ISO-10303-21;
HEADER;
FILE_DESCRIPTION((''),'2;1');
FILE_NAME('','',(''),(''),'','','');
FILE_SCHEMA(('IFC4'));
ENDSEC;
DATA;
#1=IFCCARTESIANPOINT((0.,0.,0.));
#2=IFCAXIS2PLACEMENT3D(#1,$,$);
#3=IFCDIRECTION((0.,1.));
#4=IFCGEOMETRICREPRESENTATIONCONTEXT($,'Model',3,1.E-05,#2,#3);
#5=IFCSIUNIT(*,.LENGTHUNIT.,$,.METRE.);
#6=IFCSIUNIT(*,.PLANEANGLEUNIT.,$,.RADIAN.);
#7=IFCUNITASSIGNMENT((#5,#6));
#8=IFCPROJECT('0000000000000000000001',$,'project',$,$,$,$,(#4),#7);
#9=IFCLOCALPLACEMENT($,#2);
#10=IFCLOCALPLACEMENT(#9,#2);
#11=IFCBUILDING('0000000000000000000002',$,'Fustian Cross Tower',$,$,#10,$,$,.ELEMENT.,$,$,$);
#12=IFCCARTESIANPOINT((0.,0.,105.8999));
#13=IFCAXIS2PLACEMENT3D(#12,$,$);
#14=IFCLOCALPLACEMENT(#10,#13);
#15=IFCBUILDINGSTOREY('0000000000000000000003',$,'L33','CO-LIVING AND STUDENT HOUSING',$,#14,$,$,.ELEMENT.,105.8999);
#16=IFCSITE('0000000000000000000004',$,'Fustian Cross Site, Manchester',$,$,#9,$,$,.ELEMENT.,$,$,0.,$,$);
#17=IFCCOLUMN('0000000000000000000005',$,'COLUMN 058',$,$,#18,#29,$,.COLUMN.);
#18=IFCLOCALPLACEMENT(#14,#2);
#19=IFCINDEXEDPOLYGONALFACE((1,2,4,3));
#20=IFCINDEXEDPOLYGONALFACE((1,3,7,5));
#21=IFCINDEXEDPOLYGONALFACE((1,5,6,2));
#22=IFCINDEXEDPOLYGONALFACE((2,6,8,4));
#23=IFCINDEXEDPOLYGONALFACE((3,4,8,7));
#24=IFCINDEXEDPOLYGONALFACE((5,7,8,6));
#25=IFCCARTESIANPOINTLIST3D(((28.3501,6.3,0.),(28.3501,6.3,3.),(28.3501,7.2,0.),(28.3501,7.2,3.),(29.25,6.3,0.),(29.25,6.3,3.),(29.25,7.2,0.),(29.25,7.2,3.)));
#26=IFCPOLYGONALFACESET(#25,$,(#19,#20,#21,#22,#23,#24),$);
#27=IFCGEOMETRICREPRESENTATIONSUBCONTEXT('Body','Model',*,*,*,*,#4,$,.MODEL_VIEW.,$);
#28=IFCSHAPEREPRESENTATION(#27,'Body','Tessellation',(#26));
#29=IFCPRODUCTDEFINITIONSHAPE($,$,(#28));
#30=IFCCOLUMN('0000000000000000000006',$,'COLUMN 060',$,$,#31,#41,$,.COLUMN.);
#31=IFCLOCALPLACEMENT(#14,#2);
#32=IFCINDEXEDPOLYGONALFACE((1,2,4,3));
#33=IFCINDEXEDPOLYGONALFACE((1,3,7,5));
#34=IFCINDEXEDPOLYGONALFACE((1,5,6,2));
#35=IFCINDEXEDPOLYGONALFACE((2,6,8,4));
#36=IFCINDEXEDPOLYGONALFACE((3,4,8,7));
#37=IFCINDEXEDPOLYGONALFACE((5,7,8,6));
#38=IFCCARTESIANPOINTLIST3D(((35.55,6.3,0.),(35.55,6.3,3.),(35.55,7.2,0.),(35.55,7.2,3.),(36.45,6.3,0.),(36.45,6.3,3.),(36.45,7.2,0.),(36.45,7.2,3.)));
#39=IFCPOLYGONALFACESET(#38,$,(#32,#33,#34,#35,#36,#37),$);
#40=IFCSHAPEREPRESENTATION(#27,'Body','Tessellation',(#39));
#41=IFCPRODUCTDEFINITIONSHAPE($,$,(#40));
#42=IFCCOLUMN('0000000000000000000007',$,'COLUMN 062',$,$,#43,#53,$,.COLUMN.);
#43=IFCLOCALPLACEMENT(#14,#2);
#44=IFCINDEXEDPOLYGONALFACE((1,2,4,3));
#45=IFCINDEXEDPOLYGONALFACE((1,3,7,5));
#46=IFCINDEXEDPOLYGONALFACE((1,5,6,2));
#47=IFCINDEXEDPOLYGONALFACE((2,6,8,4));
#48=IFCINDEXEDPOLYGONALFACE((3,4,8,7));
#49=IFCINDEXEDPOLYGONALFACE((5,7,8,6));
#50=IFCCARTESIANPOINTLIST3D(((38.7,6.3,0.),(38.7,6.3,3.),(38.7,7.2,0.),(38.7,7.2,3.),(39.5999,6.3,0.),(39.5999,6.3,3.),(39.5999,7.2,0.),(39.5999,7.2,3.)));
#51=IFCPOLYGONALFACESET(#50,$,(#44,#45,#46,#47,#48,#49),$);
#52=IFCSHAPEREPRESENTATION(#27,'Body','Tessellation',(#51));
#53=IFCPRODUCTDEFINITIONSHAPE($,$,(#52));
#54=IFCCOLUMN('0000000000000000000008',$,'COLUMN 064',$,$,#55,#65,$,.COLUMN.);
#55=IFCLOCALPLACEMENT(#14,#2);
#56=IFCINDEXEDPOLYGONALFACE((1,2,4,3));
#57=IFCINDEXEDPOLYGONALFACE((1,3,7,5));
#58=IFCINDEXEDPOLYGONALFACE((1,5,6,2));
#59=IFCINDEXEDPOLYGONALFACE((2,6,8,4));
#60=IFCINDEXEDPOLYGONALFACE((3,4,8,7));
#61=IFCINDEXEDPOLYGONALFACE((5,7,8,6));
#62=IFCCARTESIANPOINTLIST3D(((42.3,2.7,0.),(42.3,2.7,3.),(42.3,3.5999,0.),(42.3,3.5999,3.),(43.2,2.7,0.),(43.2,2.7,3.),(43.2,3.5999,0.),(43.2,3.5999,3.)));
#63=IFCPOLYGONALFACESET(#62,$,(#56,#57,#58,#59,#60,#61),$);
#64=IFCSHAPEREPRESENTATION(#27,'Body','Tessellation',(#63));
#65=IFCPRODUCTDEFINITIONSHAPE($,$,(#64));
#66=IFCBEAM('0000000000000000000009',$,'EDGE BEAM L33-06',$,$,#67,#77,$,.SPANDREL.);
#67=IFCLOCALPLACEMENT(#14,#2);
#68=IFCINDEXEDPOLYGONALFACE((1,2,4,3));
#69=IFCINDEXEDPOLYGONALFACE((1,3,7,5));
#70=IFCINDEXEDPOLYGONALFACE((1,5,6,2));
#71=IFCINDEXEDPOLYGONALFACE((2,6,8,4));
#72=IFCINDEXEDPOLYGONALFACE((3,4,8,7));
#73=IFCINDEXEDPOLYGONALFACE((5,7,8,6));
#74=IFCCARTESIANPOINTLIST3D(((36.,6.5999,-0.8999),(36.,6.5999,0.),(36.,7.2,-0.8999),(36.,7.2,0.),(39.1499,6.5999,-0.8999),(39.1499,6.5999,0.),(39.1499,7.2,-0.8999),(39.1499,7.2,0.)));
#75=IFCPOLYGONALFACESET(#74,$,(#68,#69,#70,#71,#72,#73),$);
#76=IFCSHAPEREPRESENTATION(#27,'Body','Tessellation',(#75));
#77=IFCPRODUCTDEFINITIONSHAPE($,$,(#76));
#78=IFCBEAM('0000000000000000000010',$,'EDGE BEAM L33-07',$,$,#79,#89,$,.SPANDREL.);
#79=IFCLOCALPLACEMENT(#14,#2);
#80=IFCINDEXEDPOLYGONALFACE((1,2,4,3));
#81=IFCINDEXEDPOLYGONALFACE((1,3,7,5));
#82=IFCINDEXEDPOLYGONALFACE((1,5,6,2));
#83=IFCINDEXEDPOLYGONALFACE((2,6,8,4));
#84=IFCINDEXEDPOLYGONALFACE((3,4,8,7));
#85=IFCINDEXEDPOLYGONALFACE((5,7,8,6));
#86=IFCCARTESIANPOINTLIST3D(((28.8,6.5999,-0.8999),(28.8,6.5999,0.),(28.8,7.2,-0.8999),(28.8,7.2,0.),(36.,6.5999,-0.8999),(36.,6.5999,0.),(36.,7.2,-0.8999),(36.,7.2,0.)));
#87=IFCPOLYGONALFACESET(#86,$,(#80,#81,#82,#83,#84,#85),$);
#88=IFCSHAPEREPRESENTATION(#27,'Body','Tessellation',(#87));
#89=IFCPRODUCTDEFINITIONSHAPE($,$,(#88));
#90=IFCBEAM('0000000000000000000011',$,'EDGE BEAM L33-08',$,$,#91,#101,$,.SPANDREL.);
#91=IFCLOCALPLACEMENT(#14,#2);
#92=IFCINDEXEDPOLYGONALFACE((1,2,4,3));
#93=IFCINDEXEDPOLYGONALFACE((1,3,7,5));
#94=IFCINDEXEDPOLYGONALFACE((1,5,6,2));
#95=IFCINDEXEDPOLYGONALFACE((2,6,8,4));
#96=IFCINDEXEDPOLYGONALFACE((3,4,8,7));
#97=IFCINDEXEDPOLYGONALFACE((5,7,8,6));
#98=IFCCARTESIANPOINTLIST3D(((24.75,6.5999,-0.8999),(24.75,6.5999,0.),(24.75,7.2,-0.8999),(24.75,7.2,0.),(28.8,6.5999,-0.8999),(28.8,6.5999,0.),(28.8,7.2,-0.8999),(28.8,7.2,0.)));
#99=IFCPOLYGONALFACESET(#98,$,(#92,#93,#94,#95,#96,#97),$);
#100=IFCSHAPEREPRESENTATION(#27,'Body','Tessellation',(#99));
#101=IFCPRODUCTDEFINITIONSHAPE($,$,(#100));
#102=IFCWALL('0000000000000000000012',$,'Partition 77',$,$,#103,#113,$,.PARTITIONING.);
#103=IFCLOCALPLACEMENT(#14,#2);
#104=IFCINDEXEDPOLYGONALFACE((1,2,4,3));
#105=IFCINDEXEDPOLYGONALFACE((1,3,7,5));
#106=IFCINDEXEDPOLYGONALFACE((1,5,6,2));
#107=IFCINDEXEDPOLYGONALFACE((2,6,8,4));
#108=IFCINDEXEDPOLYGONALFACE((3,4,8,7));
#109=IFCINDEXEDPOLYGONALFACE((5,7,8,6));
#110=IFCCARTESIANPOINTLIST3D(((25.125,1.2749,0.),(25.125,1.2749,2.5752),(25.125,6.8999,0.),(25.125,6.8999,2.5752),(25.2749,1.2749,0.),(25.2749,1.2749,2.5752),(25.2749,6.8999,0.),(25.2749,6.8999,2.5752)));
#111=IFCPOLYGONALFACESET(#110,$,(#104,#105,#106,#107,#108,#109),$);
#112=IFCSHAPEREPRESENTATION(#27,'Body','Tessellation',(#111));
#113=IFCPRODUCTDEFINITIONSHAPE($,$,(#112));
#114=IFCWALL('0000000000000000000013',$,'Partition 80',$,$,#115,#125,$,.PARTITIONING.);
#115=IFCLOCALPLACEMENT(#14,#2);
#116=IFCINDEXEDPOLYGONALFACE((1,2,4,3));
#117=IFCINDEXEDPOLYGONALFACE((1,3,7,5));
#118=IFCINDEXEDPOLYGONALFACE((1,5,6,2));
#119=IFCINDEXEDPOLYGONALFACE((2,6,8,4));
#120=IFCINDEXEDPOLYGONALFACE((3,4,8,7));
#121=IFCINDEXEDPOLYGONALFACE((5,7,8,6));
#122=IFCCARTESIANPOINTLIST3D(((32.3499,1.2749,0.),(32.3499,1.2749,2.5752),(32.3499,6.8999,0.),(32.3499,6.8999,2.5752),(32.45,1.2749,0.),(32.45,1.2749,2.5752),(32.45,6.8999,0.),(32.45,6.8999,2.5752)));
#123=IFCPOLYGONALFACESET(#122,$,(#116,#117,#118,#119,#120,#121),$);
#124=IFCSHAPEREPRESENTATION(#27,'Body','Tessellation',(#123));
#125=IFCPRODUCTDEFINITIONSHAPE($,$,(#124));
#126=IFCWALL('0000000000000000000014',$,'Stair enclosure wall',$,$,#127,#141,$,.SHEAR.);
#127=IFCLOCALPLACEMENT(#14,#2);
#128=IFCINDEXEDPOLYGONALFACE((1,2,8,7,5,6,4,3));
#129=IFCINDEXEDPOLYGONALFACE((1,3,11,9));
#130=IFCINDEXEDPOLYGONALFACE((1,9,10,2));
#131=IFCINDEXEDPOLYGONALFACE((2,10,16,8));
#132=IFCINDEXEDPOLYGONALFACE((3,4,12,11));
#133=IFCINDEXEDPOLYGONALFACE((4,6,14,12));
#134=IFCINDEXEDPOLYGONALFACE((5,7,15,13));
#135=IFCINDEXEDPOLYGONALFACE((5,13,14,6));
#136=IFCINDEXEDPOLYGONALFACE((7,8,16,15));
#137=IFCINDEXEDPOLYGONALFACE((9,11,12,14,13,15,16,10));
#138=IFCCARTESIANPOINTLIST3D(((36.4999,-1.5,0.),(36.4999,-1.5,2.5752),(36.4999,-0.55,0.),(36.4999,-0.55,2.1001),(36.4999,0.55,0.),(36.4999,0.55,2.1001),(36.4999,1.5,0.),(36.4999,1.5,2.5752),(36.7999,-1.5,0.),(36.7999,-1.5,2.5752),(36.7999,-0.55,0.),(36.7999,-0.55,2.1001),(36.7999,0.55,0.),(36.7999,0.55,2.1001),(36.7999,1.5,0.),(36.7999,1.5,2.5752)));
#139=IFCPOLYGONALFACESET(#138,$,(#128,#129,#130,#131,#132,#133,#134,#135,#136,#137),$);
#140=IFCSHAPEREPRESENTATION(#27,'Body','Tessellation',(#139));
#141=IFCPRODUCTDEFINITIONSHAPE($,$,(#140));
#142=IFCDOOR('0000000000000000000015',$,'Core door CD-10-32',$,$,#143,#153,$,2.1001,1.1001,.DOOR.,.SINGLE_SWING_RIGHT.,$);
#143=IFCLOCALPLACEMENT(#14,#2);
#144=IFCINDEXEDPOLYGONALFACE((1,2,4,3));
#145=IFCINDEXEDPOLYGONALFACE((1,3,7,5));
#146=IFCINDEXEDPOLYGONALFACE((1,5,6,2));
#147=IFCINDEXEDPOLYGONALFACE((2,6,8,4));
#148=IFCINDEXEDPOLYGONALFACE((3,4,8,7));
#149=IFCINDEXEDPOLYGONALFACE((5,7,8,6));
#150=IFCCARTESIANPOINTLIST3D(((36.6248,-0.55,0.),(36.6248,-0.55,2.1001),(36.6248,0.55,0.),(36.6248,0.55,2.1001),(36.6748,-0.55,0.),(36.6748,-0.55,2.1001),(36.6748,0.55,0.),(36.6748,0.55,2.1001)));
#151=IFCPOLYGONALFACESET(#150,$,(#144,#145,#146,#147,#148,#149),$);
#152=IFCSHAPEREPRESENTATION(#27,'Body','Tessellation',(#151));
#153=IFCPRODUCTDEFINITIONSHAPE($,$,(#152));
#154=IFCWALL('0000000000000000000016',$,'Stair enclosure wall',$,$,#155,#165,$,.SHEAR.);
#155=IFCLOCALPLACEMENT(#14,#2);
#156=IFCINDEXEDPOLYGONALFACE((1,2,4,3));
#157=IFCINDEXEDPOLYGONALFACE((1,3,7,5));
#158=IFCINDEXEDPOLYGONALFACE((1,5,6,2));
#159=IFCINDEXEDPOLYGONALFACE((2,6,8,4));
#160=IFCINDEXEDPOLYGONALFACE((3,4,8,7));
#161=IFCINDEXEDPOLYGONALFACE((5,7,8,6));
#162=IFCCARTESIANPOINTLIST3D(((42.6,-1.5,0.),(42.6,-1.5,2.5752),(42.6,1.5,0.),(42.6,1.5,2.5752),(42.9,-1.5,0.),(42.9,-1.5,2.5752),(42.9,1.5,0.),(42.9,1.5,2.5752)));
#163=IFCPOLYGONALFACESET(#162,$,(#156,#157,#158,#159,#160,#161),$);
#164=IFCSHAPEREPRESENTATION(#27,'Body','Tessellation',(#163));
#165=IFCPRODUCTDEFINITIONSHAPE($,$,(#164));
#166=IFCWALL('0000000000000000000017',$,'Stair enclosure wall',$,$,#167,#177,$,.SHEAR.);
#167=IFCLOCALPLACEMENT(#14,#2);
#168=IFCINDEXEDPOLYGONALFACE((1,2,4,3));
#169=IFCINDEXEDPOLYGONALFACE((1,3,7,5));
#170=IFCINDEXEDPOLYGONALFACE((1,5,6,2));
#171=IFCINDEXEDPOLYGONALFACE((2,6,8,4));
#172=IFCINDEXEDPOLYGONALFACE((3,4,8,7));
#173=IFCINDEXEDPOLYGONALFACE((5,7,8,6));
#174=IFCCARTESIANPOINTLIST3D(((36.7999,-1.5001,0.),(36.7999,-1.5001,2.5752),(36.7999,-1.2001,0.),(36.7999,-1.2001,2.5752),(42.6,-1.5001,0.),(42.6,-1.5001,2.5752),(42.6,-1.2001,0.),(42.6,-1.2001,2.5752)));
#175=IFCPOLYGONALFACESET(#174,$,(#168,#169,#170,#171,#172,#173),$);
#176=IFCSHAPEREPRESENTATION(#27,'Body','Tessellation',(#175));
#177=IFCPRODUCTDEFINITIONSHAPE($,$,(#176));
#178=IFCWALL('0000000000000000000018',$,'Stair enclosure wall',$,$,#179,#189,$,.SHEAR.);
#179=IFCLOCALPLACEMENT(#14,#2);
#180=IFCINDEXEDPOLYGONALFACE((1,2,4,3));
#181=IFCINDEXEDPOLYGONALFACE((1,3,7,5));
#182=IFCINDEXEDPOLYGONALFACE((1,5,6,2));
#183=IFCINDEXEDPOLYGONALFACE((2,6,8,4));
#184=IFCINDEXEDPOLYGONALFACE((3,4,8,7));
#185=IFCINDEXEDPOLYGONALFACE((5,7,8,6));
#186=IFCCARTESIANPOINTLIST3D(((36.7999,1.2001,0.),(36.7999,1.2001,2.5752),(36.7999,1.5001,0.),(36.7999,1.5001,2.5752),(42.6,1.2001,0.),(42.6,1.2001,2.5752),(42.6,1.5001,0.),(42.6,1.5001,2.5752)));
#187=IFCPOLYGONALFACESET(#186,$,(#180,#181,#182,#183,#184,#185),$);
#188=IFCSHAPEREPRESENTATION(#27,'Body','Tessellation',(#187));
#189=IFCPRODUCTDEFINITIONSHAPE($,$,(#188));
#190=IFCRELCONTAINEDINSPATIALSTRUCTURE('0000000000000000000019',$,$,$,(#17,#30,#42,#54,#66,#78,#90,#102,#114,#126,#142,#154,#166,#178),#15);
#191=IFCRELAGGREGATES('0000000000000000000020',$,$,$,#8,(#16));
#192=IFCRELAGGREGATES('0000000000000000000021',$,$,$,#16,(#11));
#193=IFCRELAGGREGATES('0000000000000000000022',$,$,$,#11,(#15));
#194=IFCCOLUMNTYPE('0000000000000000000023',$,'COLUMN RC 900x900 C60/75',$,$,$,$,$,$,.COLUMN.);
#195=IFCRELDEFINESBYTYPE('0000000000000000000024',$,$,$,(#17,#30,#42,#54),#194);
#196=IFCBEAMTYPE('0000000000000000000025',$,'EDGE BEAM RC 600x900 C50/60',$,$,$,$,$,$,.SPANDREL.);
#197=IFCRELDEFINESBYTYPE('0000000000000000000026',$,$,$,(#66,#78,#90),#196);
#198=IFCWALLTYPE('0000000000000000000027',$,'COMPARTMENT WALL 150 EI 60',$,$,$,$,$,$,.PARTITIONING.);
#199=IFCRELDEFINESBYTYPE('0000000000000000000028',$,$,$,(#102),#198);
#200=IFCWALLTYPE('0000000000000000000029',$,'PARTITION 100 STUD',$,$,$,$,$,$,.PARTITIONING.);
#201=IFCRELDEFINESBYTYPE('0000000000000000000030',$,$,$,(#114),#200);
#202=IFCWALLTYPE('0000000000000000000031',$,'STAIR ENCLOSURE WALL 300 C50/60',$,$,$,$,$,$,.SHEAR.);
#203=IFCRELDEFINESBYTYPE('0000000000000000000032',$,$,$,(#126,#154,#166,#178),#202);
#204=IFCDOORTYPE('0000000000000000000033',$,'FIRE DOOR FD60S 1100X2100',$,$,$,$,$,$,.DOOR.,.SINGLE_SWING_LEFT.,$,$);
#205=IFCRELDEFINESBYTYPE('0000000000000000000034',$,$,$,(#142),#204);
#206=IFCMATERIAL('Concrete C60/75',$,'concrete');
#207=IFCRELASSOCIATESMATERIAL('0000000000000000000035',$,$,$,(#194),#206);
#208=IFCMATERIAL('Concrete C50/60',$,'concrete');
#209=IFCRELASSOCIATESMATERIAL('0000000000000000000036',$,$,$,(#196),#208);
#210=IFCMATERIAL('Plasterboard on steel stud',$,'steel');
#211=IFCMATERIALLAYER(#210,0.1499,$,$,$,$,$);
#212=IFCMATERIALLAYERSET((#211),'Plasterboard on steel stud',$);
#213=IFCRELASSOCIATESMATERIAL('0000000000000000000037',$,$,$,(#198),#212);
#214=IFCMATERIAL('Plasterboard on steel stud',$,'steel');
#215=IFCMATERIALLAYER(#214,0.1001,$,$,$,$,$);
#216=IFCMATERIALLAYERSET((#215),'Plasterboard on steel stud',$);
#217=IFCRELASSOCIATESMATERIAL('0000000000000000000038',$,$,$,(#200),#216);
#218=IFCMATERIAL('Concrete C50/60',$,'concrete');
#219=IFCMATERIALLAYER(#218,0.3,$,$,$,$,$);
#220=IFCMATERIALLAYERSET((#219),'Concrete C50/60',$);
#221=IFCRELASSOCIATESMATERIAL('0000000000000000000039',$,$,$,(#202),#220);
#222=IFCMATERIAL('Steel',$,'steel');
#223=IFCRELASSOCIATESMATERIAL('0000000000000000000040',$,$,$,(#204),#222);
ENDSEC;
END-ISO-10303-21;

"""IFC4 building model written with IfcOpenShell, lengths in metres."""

from ifc_helpers import new_model, si_unit, direction, frame, frame_2d, origin, origin_2d, place, context, subcontext, project, spatial, rectangle, extrude, material, layer, layer_set, material_profile, profile_set, type_object, element, fill, save


model = new_model("IFC4")

# Units and contexts
model_context = context("Model", 3, precision=1e-05, world=origin(), true_north=direction((0.0, 1.0)))
body_context = subcontext(model_context, "Body", "Model", "MODEL_VIEW")
ifc_project = project(units=[si_unit("LENGTHUNIT", "METRE"), si_unit("PLANEANGLEUNIT", "RADIAN")], contexts=[model_context])

# Site, building, storey
site_placement = place(None, origin())
site = spatial("IfcSite", under=ifc_project, at=site_placement, Name="Fustian Cross Site, Manchester", CompositionType="ELEMENT", RefElevation=0.0)
building_placement = place(site_placement, origin())
building = spatial("IfcBuilding", under=site, at=building_placement, Name="Fustian Cross Tower", CompositionType="ELEMENT")
storey_placement = place(building_placement, frame((0.0, 0.0, 105.8999)))
storey = spatial("IfcBuildingStorey", under=building, at=storey_placement, Name="L33", Description="CO-LIVING AND STUDENT HOUSING", CompositionType="ELEMENT", Elevation=105.8999)

# Columns
ifc_material_1 = material(Name="Concrete C60/75", Category="concrete")
ifc_material_profile_1 = material_profile(ifc_material_1, rectangle(XDim=0.8999, YDim=0.8999, at=origin_2d()), Name="RC 900x900")
ifc_profile_set_1 = profile_set([ifc_material_profile_1], Name="Concrete C60/75")
column_type = type_object("IfcColumnType", Name="COLUMN RC 900x900 C60/75", PredefinedType="COLUMN", material=ifc_profile_set_1)
for number, where, z_axis, x_axis, name in (
    (1, (28.8, 6.75, 0.0), (0.0, 0.0, 1.0), (1.0, 0.0, 0.0), "COLUMN 058"),
    (2, (36.0, 6.75, 0.0), (0.0, 0.0, 1.0), (1.0, 0.0, 0.0), "COLUMN 060"),
    (3, (39.1499, 6.75, 0.0), (0.0, 0.0, 1.0), (1.0, 0.0, 0.0), "COLUMN 062"),
    (4, (42.75, 3.1499, 0.0), (0.0, 0.0, 1.0), (1.0, 0.0, 0.0), "COLUMN 064"),
):
    element("IfcColumn", number, at=place(storey_placement, frame(where, z_axis=z_axis, x_axis=x_axis)), inside=storey, type_object=column_type, Name=name, PredefinedType="COLUMN", context=body_context, shape_type="SweptSolid", body=[
        extrude(rectangle(XDim=0.8999, YDim=0.8999, at=origin_2d()), origin(), (0.0, 0.0, 1.0), 3.0),
    ])

# Beams
ifc_material_2 = material(Name="Concrete C50/60", Category="concrete")
ifc_material_profile_2 = material_profile(ifc_material_2, rectangle(XDim=0.6001, YDim=0.8999, at=origin_2d()), Name="RC 600x900")
ifc_profile_set_2 = profile_set([ifc_material_profile_2], Name="Concrete C50/60")
beam_type = type_object("IfcBeamType", Name="EDGE BEAM RC 600x900 C50/60", PredefinedType="SPANDREL", material=ifc_profile_set_2)
beam_1_placement = place(storey_placement, frame((39.1499, 6.8999, -0.45), z_axis=(-1.0, 0.0, 0.0), x_axis=(0.0, -1.0, 0.0)))
element("IfcBeam", 5, at=beam_1_placement, inside=storey, type_object=beam_type, Name="EDGE BEAM L33-06", PredefinedType="SPANDREL", context=body_context, shape_type="SweptSolid", body=[
    extrude(rectangle(XDim=0.6001, YDim=0.8999, at=origin_2d()), origin(), (0.0, 0.0, 1.0), 3.1499),
])
beam_2_placement = place(storey_placement, frame((36.0, 6.8999, -0.45), z_axis=(-1.0, 0.0, 0.0), x_axis=(0.0, -1.0, 0.0)))
element("IfcBeam", 6, at=beam_2_placement, inside=storey, type_object=beam_type, Name="EDGE BEAM L33-07", PredefinedType="SPANDREL", context=body_context, shape_type="SweptSolid", body=[
    extrude(rectangle(XDim=0.6001, YDim=0.8999, at=origin_2d()), origin(), (0.0, 0.0, 1.0), 7.2),
])
beam_3_placement = place(storey_placement, frame((28.8, 6.8999, -0.45), z_axis=(-1.0, 0.0, 0.0), x_axis=(0.0, -1.0, 0.0)))
element("IfcBeam", 7, at=beam_3_placement, inside=storey, type_object=beam_type, Name="EDGE BEAM L33-08", PredefinedType="SPANDREL", context=body_context, shape_type="SweptSolid", body=[
    extrude(rectangle(XDim=0.6001, YDim=0.8999, at=origin_2d()), origin(), (0.0, 0.0, 1.0), 4.05),
])

# Walls
ifc_material_3 = material(Name="Plasterboard on steel stud", Category="steel")
ifc_layer_1 = layer(ifc_material_3, 0.1499)
ifc_layer_set_1 = layer_set([ifc_layer_1], Name="Plasterboard on steel stud")
wall_type_1 = type_object("IfcWallType", Name="COMPARTMENT WALL 150 EI 60", PredefinedType="PARTITIONING", material=ifc_layer_set_1)
wall_1_placement = place(storey_placement, frame((25.2, 1.2749, 0.0), z_axis=(0.0, 0.0, 1.0), x_axis=(0.0, 1.0, 0.0)))
element("IfcWall", 8, at=wall_1_placement, inside=storey, type_object=wall_type_1, Name="Partition 77", PredefinedType="PARTITIONING", context=body_context, shape_type="SweptSolid", body=[
    extrude(rectangle(XDim=5.625, YDim=0.1499, at=frame_2d((2.8125, 0.0))), origin(), (0.0, 0.0, 1.0), 2.5752),
])
ifc_material_4 = material(Name="Plasterboard on steel stud", Category="steel")
ifc_layer_2 = layer(ifc_material_4, 0.1001)
ifc_layer_set_2 = layer_set([ifc_layer_2], Name="Plasterboard on steel stud")
wall_type_2 = type_object("IfcWallType", Name="PARTITION 100 STUD", PredefinedType="PARTITIONING", material=ifc_layer_set_2)
wall_2_placement = place(storey_placement, frame((32.3999, 1.2749, 0.0), z_axis=(0.0, 0.0, 1.0), x_axis=(0.0, 1.0, 0.0)))
element("IfcWall", 9, at=wall_2_placement, inside=storey, type_object=wall_type_2, Name="Partition 80", PredefinedType="PARTITIONING", context=body_context, shape_type="SweptSolid", body=[
    extrude(rectangle(XDim=5.625, YDim=0.1001, at=frame_2d((2.8125, 0.0))), origin(), (0.0, 0.0, 1.0), 2.5752),
])

# Wall, opening, door
ifc_material_5 = material(Name="Concrete C50/60", Category="concrete")
ifc_layer_3 = layer(ifc_material_5, 0.3)
ifc_layer_set_3 = layer_set([ifc_layer_3], Name="Concrete C50/60")
wall_type_3 = type_object("IfcWallType", Name="STAIR ENCLOSURE WALL 300 C50/60", PredefinedType="SHEAR", material=ifc_layer_set_3)
wall_3_placement = place(storey_placement, frame((36.6499, -1.5, 0.0), z_axis=(0.0, 0.0, 1.0), x_axis=(0.0, 1.0, 0.0)))
wall_3 = element("IfcWall", 10, at=wall_3_placement, inside=storey, type_object=wall_type_3, Name="Stair enclosure wall", PredefinedType="SHEAR", context=body_context, shape_type="SweptSolid", body=[
    extrude(rectangle(XDim=3.0, YDim=0.3, at=frame_2d((1.5, 0.0))), origin(), (0.0, 0.0, 1.0), 2.5752),
])
opening_1_placement = place(wall_3_placement, frame((0.95, 0.0, 0.0)))
opening_1 = element("IfcOpeningElement", 11, at=opening_1_placement, cuts=wall_3, PredefinedType="OPENING", context=body_context, shape_type="SweptSolid", body=[
    extrude(rectangle(XDim=1.1001, YDim=2.1001, at=frame_2d((0.55, 1.05))), frame((0.0, 0.1599, 0.0), z_axis=(0.0, -1.0, 0.0), x_axis=(1.0, 0.0, 0.0)), (0.0, 0.0, 1.0), 0.3201),
])
ifc_material_6 = material(Name="Steel", Category="steel")
door_type = type_object("IfcDoorType", Name="FIRE DOOR FD60S 1100X2100", OperationType="SINGLE_SWING_LEFT", PredefinedType="DOOR", material=ifc_material_6)
door_placement = place(opening_1_placement, frame((1.1001, 0.0, 0.0), z_axis=(0.0, 0.0, 1.0), x_axis=(-1.0, 0.0, 0.0)))
door = element("IfcDoor", 12, at=door_placement, inside=storey, type_object=door_type, Name="Core door CD-10-32", OperationType="SINGLE_SWING_RIGHT", OverallHeight=2.1001, OverallWidth=1.1001, PredefinedType="DOOR", context=body_context, shape_type="SweptSolid", body=[
    extrude(rectangle(XDim=1.1001, YDim=2.1001, at=frame_2d((0.55, 1.05))), frame((0.0, 0.0249, 0.0), z_axis=(0.0, -1.0, 0.0), x_axis=(1.0, 0.0, 0.0)), (0.0, 0.0, 1.0), 0.05),
])
fill(opening_1, door)

# Walls
wall_4_placement = place(storey_placement, frame((42.75, -1.5, 0.0), z_axis=(0.0, 0.0, 1.0), x_axis=(0.0, 1.0, 0.0)))
element("IfcWall", 13, at=wall_4_placement, inside=storey, type_object=wall_type_3, Name="Stair enclosure wall", PredefinedType="SHEAR", context=body_context, shape_type="SweptSolid", body=[
    extrude(rectangle(XDim=3.0, YDim=0.3, at=frame_2d((1.5, 0.0))), origin(), (0.0, 0.0, 1.0), 2.5752),
])
for number, where, z_axis, x_axis, name in (
    (14, (36.8, -1.3501, 0.0), (0.0, 0.0, 1.0), (1.0, 0.0, 0.0), "Stair enclosure wall"),
    (15, (36.8, 1.3501, 0.0), (0.0, 0.0, 1.0), (1.0, 0.0, 0.0), "Stair enclosure wall"),
):
    element("IfcWall", number, at=place(storey_placement, frame(where, z_axis=z_axis, x_axis=x_axis)), inside=storey, type_object=wall_type_3, Name=name, PredefinedType="SHEAR", context=body_context, shape_type="SweptSolid", body=[
        extrude(rectangle(XDim=5.8, YDim=0.3, at=frame_2d((2.8999, 0.0))), origin(), (0.0, 0.0, 1.0), 2.5752),
    ])

save(model, "model.ifc")
